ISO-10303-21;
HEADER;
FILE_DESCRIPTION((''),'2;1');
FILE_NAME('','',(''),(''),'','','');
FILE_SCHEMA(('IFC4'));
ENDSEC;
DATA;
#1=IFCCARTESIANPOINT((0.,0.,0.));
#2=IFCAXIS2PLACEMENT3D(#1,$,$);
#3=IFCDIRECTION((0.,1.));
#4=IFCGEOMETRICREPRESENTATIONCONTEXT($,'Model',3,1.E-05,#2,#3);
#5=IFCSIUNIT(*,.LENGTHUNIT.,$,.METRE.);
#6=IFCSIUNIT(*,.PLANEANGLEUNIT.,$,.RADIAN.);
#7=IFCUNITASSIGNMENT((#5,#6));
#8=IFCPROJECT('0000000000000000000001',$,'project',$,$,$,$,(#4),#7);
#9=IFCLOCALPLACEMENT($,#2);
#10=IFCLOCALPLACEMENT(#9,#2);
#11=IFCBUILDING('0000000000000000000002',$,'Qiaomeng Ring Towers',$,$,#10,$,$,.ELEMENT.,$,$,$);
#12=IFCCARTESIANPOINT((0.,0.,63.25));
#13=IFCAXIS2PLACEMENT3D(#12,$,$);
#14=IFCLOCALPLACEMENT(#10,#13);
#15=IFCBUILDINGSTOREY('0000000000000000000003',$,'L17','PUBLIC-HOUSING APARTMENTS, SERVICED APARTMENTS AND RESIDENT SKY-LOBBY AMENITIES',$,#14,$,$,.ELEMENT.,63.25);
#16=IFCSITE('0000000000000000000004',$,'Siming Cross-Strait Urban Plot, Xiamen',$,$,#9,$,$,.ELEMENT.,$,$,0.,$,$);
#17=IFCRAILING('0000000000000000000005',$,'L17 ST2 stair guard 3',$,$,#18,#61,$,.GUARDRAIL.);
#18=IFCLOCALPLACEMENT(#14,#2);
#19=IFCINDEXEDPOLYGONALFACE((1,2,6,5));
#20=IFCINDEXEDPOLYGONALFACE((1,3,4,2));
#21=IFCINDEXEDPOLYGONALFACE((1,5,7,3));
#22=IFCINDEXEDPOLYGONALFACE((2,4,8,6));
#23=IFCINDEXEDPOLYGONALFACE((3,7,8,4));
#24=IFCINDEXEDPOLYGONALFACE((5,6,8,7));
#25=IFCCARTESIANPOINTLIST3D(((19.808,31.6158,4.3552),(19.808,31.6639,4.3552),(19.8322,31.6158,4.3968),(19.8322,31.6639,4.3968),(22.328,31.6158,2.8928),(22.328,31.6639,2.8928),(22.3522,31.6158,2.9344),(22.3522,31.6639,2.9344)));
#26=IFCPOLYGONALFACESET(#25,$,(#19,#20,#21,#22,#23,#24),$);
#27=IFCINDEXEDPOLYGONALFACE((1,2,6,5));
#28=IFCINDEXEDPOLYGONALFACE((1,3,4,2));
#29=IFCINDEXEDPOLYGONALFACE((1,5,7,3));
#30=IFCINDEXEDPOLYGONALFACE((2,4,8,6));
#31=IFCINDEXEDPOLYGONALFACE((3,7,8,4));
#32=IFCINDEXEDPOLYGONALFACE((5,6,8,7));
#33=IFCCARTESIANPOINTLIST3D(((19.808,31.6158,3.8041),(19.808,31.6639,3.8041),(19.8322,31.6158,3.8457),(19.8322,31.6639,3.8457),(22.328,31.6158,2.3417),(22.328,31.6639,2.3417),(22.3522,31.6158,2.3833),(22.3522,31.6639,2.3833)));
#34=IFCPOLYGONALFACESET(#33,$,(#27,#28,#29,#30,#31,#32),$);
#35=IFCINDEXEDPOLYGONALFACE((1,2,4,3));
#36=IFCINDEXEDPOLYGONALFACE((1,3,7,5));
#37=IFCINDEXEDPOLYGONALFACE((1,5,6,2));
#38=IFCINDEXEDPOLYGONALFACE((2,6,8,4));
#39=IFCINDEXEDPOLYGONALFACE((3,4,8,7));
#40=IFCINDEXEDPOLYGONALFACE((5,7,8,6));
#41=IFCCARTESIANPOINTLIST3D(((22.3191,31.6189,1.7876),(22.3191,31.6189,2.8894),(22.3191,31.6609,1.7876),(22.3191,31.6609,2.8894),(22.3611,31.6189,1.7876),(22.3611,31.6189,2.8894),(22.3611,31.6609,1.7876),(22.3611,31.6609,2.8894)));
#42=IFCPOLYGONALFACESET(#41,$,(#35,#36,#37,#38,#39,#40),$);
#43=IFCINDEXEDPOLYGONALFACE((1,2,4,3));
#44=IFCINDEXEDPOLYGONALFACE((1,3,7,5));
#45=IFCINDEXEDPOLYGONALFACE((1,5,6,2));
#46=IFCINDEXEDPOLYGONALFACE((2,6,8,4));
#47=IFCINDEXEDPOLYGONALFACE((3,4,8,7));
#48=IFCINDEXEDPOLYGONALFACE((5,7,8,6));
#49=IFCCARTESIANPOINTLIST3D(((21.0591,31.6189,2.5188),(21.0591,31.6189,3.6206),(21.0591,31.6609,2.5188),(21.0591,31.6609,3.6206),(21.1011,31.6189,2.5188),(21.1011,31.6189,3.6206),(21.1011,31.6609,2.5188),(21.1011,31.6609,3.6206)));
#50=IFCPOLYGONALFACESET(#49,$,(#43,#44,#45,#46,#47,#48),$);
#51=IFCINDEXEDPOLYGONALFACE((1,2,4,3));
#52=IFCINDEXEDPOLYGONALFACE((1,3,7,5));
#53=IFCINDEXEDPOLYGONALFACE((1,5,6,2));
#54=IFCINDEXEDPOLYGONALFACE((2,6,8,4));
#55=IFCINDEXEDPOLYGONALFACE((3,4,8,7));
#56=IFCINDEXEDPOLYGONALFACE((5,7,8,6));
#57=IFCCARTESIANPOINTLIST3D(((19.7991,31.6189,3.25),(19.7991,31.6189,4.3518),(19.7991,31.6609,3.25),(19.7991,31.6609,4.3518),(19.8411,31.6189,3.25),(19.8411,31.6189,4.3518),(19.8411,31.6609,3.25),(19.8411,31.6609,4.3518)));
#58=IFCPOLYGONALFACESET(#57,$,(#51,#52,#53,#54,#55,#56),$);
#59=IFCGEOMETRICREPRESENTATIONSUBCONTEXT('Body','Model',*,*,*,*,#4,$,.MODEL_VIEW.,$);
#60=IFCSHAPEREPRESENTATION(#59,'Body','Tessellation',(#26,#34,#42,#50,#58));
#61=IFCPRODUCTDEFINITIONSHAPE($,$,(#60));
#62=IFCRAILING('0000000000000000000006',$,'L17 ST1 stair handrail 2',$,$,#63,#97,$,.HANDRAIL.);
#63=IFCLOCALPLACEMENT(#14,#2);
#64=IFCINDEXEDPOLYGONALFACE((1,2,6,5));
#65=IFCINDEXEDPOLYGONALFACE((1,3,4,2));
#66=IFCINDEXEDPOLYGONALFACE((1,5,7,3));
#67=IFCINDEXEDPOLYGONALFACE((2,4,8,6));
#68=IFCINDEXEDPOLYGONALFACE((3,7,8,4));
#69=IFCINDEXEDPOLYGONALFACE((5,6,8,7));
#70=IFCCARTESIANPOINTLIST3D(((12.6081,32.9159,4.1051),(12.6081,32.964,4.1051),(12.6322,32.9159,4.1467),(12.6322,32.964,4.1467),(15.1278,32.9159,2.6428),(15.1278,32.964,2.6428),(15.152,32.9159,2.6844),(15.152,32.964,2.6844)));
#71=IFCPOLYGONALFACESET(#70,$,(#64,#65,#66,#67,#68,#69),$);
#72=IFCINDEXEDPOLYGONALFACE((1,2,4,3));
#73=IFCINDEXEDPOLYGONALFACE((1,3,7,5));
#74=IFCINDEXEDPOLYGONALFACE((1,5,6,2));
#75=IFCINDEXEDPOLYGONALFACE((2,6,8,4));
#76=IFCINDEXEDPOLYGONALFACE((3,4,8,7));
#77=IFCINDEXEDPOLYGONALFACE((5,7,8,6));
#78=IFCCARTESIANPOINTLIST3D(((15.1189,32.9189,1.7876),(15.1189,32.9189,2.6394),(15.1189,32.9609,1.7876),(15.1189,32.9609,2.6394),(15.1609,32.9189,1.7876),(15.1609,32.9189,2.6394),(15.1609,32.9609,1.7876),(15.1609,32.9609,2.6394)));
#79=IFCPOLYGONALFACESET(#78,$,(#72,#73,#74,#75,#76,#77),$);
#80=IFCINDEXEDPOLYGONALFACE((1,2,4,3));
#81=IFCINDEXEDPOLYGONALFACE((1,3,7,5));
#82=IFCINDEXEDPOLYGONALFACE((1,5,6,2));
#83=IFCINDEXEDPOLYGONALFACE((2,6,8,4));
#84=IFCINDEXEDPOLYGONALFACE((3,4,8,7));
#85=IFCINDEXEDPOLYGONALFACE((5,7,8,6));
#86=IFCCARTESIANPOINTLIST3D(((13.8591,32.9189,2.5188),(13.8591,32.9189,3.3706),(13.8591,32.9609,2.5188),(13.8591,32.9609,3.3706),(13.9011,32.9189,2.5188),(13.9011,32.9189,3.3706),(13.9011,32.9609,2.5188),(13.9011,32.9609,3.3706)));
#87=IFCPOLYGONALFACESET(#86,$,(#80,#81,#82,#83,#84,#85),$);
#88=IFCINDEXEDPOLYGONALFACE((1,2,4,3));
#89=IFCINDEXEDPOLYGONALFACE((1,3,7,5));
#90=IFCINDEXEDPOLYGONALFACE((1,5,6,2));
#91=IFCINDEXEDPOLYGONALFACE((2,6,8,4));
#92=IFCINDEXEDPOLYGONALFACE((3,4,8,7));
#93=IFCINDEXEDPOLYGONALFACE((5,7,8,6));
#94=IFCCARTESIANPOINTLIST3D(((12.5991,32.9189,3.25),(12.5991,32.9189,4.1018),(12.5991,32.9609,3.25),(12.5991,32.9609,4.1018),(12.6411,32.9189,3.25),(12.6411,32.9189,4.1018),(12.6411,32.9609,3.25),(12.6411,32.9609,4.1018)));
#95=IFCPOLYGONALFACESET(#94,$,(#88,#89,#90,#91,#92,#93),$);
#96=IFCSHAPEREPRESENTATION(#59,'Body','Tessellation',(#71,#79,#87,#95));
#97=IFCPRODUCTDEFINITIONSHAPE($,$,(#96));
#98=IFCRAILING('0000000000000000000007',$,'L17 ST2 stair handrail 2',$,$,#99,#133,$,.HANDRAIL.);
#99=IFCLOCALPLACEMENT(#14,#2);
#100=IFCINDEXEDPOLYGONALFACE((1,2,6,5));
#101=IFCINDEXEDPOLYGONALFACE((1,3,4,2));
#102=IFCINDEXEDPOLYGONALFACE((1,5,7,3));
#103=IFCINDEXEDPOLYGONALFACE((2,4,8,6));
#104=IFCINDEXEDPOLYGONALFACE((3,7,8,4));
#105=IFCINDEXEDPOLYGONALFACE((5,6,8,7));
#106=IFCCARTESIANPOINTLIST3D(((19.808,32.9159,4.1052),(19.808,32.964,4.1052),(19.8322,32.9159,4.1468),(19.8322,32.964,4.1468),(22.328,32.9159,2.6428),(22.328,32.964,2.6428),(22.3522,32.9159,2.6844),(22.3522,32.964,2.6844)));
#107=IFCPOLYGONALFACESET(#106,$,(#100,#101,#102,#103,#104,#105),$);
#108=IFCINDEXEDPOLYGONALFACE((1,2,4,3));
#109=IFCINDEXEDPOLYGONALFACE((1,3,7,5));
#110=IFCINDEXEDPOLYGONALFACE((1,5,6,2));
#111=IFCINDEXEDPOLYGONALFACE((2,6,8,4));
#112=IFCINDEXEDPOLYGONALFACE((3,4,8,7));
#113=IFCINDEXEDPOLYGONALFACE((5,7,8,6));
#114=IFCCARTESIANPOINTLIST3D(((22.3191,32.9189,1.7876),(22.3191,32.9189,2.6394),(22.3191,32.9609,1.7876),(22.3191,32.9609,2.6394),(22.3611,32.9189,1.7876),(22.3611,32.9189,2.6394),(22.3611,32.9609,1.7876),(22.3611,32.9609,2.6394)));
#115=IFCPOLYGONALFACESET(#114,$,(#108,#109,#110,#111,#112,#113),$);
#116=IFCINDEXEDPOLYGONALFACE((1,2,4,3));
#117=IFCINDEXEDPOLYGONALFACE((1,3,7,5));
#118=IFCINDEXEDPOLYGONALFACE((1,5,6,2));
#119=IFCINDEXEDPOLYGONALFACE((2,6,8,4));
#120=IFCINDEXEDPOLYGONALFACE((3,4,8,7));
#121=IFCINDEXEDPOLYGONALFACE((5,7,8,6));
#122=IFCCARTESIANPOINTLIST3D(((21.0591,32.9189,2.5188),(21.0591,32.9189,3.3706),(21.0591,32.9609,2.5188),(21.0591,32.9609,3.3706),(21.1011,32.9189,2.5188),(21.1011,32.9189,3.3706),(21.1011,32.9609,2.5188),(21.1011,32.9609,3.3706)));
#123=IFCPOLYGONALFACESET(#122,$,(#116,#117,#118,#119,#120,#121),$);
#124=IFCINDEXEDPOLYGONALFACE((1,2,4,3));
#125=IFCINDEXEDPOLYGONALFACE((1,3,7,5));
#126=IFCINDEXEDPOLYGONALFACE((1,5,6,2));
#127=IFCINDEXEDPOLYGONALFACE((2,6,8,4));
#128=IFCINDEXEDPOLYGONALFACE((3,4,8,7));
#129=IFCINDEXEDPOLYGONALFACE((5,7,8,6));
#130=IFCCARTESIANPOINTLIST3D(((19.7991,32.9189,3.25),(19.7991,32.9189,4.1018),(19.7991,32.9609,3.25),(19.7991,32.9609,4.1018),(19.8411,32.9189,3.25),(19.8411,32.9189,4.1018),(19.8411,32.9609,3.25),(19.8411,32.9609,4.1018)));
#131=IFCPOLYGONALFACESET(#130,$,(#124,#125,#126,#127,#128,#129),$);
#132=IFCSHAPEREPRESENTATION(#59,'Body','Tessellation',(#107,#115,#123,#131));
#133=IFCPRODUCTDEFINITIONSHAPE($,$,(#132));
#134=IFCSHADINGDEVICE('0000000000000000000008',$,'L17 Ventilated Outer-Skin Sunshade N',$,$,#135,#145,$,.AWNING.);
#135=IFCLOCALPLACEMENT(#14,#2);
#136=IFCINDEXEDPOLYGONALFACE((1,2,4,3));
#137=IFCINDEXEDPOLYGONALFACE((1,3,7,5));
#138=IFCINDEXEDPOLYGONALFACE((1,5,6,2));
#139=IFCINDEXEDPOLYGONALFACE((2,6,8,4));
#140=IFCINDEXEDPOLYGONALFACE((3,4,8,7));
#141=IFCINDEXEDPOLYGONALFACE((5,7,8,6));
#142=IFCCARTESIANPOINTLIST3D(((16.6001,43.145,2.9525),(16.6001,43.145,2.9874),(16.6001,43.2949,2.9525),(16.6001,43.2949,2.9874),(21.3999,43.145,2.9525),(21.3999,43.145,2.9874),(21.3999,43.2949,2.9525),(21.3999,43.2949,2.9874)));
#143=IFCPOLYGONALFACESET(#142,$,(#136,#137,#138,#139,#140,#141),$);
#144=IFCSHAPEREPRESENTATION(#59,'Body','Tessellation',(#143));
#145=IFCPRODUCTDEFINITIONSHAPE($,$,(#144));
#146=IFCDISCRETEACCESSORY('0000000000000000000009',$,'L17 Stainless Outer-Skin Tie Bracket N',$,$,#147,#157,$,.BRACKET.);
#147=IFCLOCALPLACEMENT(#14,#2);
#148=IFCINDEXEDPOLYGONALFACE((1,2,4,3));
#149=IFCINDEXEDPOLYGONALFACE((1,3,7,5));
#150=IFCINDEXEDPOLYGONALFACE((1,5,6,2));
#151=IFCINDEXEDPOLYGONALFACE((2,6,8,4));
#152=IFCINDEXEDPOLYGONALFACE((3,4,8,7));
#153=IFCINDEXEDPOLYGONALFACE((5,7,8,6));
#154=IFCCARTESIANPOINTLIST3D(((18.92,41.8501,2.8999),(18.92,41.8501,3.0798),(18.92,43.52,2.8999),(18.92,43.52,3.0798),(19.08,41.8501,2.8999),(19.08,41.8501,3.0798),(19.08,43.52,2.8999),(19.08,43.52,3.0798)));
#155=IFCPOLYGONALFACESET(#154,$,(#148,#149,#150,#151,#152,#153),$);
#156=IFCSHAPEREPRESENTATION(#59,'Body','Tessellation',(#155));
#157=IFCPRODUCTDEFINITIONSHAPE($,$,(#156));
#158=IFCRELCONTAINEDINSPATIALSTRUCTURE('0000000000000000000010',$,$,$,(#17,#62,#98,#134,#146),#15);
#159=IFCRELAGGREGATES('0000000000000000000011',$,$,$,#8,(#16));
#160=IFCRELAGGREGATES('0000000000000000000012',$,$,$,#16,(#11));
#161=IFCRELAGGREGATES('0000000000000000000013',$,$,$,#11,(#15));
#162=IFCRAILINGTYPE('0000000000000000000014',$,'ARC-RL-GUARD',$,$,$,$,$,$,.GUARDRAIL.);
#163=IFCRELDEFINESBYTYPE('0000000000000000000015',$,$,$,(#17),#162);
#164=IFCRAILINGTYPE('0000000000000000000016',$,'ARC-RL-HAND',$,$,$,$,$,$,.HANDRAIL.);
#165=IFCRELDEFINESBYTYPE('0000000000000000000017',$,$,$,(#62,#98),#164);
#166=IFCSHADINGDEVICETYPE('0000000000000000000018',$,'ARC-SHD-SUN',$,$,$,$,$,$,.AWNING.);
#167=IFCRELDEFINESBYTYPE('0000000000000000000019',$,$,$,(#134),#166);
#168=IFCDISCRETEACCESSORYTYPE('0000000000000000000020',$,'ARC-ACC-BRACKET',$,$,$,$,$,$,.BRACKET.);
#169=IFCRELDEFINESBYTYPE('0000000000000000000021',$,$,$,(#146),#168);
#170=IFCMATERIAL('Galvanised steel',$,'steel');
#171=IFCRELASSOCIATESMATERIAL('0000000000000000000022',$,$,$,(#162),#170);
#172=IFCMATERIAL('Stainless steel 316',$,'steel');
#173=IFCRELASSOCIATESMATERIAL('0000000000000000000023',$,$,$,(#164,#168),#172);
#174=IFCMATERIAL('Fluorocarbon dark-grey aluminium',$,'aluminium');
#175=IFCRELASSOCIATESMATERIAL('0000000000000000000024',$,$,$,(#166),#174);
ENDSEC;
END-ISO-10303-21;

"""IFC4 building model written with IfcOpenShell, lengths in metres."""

from ifc_helpers import new_model, si_unit, direction, frame, origin, origin_2d, place, context, subcontext, project, spatial, rectangle, extrude, source, transform, mapped, material, material_profile, profile_set, type_object, element, save


model = new_model("IFC4")

# Units and contexts
model_context = context("Model", 3, precision=1e-05, world=origin(), true_north=direction((0.0, 1.0)))
body_context = subcontext(model_context, "Body", "Model", "MODEL_VIEW")
ifc_project = project(units=[si_unit("LENGTHUNIT", "METRE"), si_unit("PLANEANGLEUNIT", "RADIAN")], contexts=[model_context])

# Site, building, storey
site_placement = place(None, origin())
site = spatial("IfcSite", under=ifc_project, at=site_placement, Name="Siming Cross-Strait Urban Plot, Xiamen", CompositionType="ELEMENT", RefElevation=0.0)
building_placement = place(site_placement, origin())
building = spatial("IfcBuilding", under=site, at=building_placement, Name="Qiaomeng Ring Towers", CompositionType="ELEMENT")
storey_placement = place(building_placement, frame((0.0, 0.0, 63.25)))
storey = spatial("IfcBuildingStorey", under=building, at=storey_placement, Name="L17", Description="PUBLIC-HOUSING APARTMENTS, SERVICED APARTMENTS AND RESIDENT SKY-LOBBY AMENITIES", CompositionType="ELEMENT", Elevation=63.25)

# Shared definitions
ifc_material_1 = material(Name="Galvanised steel", Category="steel")

# Railings
railing_type_1 = type_object("IfcRailingType", Name="ARC-RL-GUARD", PredefinedType="GUARDRAIL", material=ifc_material_1)
railing_1_placement = place(storey_placement, frame((22.3401, 31.6399, 1.7876)))
element("IfcRailing", 1, at=railing_1_placement, inside=storey, type_object=railing_type_1, Name="L17 ST2 stair guard 3", PredefinedType="GUARDRAIL", context=body_context, shape_type="SweptSolid", body=[
    extrude(rectangle(XDim=0.0481, YDim=0.0481, at=origin_2d()), frame((0.0, 0.0, 1.126), z_axis=(-0.864913, 0.0, 0.501921), x_axis=(0.0, -1.0, 0.0)), (0.0, 0.0, 1.0), 2.9136),
    extrude(rectangle(XDim=0.0481, YDim=0.0481, at=origin_2d()), frame((0.0, 0.0, 0.575), z_axis=(-0.864913, 0.0, 0.501921), x_axis=(0.0, -1.0, 0.0)), (0.0, 0.0, 1.0), 2.9136),
    extrude(rectangle(XDim=0.042, YDim=0.042, at=origin_2d()), origin(), (0.0, 0.0, 1.0), 1.1018),
    extrude(rectangle(XDim=0.042, YDim=0.042, at=origin_2d()), frame((-1.26, 0.0, 0.7312)), (0.0, 0.0, 1.0), 1.1018),
    extrude(rectangle(XDim=0.042, YDim=0.042, at=origin_2d()), frame((-2.52, 0.0, 1.4624)), (0.0, 0.0, 1.0), 1.1018),
])
ifc_material_2 = material(Name="Stainless steel 316", Category="steel")
railing_type_2 = type_object("IfcRailingType", Name="ARC-RL-HAND", PredefinedType="HANDRAIL", material=ifc_material_2)
railing_2_placement = place(storey_placement, frame((15.1399, 32.9399, 1.7876)))
element("IfcRailing", 2, at=railing_2_placement, inside=storey, type_object=railing_type_2, Name="L17 ST1 stair handrail 2", PredefinedType="HANDRAIL", context=body_context, shape_type="SweptSolid", body=[
    extrude(rectangle(XDim=0.0481, YDim=0.0481, at=origin_2d()), frame((0.0, 0.0, 0.876), z_axis=(-0.864892, 0.0, 0.501958), x_axis=(0.0, -1.0, 0.0)), (0.0, 0.0, 1.0), 2.9133),
    extrude(rectangle(XDim=0.042, YDim=0.042, at=origin_2d()), origin(), (0.0, 0.0, 1.0), 0.8518),
    extrude(rectangle(XDim=0.042, YDim=0.042, at=origin_2d()), frame((-1.2598, 0.0, 0.7312)), (0.0, 0.0, 1.0), 0.8518),
    extrude(rectangle(XDim=0.042, YDim=0.042, at=origin_2d()), frame((-2.5198, 0.0, 1.4624)), (0.0, 0.0, 1.0), 0.8518),
])
railing_3_placement = place(storey_placement, frame((22.3401, 32.9399, 1.7876)))
element("IfcRailing", 3, at=railing_3_placement, inside=storey, type_object=railing_type_2, Name="L17 ST2 stair handrail 2", PredefinedType="HANDRAIL", context=body_context, shape_type="SweptSolid", body=[
    extrude(rectangle(XDim=0.0481, YDim=0.0481, at=origin_2d()), frame((0.0, 0.0, 0.876), z_axis=(-0.864913, 0.0, 0.501921), x_axis=(0.0, -1.0, 0.0)), (0.0, 0.0, 1.0), 2.9136),
    extrude(rectangle(XDim=0.042, YDim=0.042, at=origin_2d()), origin(), (0.0, 0.0, 1.0), 0.8518),
    extrude(rectangle(XDim=0.042, YDim=0.042, at=origin_2d()), frame((-1.26, 0.0, 0.7312)), (0.0, 0.0, 1.0), 0.8518),
    extrude(rectangle(XDim=0.042, YDim=0.042, at=origin_2d()), frame((-2.52, 0.0, 1.4624)), (0.0, 0.0, 1.0), 0.8518),
])

# Shading device
ifc_material_3 = material(Name="Fluorocarbon dark-grey aluminium", Category="aluminium")
ifc_material_profile_1 = material_profile(ifc_material_3, rectangle(XDim=0.1499, YDim=0.0349, at=origin_2d()), Name="LV BLADE 150x35")
ifc_profile_set_1 = profile_set([ifc_material_profile_1], Name="Fluorocarbon dark-grey aluminium")
shading_device_type = type_object("IfcShadingDeviceType", Name="ARC-SHD-SUN", PredefinedType="AWNING", material=ifc_profile_set_1)
shared_shape_1 = source(origin(), body_context, "Body", "SweptSolid", [
    extrude(rectangle(XDim=0.1499, YDim=0.0349, at=origin_2d()), origin(), (0.0, 0.0, 1.0), 4.7998),
])
shading_device_placement = place(storey_placement, frame((16.6001, 43.22, 2.97), z_axis=(1.0, 0.0, 0.0), x_axis=(0.0, 1.0, 0.0)))
element("IfcShadingDevice", 4, at=shading_device_placement, inside=storey, type_object=shading_device_type, Name="L17 Ventilated Outer-Skin Sunshade N", PredefinedType="AWNING", context=body_context, shape_type="MappedRepresentation", body=[
    mapped(shared_shape_1, transform((0.0, 0.0, 0.0), x_axis=(1.0, 0.0, 0.0), y_axis=(0.0, 1.0, 0.0), z_axis=(0.0, 0.0, 1.0), scale=1.0)),
])

# Discrete accessory
discrete_accessory_type = type_object("IfcDiscreteAccessoryType", Name="ARC-ACC-BRACKET", PredefinedType="BRACKET", material=ifc_material_2)
shared_shape_2 = source(origin(), body_context, "Body", "SweptSolid", [
    extrude(rectangle(XDim=0.1599, YDim=1.6699, at=origin_2d()), origin(), (0.0, 0.0, 1.0), 0.1799),
])
discrete_accessory_placement = place(storey_placement, frame((19.0, 42.6851, 2.8999), z_axis=(0.0, 0.0, 1.0), x_axis=(1.0, 0.0, 0.0)))
element("IfcDiscreteAccessory", 5, at=discrete_accessory_placement, inside=storey, type_object=discrete_accessory_type, Name="L17 Stainless Outer-Skin Tie Bracket N", PredefinedType="BRACKET", context=body_context, shape_type="MappedRepresentation", body=[
    mapped(shared_shape_2, transform((0.0, 0.0, 0.0), x_axis=(1.0, 0.0, 0.0), y_axis=(0.0, 1.0, 0.0), z_axis=(0.0, 0.0, 1.0), scale=1.0)),
])

save(model, "model.ifc")
